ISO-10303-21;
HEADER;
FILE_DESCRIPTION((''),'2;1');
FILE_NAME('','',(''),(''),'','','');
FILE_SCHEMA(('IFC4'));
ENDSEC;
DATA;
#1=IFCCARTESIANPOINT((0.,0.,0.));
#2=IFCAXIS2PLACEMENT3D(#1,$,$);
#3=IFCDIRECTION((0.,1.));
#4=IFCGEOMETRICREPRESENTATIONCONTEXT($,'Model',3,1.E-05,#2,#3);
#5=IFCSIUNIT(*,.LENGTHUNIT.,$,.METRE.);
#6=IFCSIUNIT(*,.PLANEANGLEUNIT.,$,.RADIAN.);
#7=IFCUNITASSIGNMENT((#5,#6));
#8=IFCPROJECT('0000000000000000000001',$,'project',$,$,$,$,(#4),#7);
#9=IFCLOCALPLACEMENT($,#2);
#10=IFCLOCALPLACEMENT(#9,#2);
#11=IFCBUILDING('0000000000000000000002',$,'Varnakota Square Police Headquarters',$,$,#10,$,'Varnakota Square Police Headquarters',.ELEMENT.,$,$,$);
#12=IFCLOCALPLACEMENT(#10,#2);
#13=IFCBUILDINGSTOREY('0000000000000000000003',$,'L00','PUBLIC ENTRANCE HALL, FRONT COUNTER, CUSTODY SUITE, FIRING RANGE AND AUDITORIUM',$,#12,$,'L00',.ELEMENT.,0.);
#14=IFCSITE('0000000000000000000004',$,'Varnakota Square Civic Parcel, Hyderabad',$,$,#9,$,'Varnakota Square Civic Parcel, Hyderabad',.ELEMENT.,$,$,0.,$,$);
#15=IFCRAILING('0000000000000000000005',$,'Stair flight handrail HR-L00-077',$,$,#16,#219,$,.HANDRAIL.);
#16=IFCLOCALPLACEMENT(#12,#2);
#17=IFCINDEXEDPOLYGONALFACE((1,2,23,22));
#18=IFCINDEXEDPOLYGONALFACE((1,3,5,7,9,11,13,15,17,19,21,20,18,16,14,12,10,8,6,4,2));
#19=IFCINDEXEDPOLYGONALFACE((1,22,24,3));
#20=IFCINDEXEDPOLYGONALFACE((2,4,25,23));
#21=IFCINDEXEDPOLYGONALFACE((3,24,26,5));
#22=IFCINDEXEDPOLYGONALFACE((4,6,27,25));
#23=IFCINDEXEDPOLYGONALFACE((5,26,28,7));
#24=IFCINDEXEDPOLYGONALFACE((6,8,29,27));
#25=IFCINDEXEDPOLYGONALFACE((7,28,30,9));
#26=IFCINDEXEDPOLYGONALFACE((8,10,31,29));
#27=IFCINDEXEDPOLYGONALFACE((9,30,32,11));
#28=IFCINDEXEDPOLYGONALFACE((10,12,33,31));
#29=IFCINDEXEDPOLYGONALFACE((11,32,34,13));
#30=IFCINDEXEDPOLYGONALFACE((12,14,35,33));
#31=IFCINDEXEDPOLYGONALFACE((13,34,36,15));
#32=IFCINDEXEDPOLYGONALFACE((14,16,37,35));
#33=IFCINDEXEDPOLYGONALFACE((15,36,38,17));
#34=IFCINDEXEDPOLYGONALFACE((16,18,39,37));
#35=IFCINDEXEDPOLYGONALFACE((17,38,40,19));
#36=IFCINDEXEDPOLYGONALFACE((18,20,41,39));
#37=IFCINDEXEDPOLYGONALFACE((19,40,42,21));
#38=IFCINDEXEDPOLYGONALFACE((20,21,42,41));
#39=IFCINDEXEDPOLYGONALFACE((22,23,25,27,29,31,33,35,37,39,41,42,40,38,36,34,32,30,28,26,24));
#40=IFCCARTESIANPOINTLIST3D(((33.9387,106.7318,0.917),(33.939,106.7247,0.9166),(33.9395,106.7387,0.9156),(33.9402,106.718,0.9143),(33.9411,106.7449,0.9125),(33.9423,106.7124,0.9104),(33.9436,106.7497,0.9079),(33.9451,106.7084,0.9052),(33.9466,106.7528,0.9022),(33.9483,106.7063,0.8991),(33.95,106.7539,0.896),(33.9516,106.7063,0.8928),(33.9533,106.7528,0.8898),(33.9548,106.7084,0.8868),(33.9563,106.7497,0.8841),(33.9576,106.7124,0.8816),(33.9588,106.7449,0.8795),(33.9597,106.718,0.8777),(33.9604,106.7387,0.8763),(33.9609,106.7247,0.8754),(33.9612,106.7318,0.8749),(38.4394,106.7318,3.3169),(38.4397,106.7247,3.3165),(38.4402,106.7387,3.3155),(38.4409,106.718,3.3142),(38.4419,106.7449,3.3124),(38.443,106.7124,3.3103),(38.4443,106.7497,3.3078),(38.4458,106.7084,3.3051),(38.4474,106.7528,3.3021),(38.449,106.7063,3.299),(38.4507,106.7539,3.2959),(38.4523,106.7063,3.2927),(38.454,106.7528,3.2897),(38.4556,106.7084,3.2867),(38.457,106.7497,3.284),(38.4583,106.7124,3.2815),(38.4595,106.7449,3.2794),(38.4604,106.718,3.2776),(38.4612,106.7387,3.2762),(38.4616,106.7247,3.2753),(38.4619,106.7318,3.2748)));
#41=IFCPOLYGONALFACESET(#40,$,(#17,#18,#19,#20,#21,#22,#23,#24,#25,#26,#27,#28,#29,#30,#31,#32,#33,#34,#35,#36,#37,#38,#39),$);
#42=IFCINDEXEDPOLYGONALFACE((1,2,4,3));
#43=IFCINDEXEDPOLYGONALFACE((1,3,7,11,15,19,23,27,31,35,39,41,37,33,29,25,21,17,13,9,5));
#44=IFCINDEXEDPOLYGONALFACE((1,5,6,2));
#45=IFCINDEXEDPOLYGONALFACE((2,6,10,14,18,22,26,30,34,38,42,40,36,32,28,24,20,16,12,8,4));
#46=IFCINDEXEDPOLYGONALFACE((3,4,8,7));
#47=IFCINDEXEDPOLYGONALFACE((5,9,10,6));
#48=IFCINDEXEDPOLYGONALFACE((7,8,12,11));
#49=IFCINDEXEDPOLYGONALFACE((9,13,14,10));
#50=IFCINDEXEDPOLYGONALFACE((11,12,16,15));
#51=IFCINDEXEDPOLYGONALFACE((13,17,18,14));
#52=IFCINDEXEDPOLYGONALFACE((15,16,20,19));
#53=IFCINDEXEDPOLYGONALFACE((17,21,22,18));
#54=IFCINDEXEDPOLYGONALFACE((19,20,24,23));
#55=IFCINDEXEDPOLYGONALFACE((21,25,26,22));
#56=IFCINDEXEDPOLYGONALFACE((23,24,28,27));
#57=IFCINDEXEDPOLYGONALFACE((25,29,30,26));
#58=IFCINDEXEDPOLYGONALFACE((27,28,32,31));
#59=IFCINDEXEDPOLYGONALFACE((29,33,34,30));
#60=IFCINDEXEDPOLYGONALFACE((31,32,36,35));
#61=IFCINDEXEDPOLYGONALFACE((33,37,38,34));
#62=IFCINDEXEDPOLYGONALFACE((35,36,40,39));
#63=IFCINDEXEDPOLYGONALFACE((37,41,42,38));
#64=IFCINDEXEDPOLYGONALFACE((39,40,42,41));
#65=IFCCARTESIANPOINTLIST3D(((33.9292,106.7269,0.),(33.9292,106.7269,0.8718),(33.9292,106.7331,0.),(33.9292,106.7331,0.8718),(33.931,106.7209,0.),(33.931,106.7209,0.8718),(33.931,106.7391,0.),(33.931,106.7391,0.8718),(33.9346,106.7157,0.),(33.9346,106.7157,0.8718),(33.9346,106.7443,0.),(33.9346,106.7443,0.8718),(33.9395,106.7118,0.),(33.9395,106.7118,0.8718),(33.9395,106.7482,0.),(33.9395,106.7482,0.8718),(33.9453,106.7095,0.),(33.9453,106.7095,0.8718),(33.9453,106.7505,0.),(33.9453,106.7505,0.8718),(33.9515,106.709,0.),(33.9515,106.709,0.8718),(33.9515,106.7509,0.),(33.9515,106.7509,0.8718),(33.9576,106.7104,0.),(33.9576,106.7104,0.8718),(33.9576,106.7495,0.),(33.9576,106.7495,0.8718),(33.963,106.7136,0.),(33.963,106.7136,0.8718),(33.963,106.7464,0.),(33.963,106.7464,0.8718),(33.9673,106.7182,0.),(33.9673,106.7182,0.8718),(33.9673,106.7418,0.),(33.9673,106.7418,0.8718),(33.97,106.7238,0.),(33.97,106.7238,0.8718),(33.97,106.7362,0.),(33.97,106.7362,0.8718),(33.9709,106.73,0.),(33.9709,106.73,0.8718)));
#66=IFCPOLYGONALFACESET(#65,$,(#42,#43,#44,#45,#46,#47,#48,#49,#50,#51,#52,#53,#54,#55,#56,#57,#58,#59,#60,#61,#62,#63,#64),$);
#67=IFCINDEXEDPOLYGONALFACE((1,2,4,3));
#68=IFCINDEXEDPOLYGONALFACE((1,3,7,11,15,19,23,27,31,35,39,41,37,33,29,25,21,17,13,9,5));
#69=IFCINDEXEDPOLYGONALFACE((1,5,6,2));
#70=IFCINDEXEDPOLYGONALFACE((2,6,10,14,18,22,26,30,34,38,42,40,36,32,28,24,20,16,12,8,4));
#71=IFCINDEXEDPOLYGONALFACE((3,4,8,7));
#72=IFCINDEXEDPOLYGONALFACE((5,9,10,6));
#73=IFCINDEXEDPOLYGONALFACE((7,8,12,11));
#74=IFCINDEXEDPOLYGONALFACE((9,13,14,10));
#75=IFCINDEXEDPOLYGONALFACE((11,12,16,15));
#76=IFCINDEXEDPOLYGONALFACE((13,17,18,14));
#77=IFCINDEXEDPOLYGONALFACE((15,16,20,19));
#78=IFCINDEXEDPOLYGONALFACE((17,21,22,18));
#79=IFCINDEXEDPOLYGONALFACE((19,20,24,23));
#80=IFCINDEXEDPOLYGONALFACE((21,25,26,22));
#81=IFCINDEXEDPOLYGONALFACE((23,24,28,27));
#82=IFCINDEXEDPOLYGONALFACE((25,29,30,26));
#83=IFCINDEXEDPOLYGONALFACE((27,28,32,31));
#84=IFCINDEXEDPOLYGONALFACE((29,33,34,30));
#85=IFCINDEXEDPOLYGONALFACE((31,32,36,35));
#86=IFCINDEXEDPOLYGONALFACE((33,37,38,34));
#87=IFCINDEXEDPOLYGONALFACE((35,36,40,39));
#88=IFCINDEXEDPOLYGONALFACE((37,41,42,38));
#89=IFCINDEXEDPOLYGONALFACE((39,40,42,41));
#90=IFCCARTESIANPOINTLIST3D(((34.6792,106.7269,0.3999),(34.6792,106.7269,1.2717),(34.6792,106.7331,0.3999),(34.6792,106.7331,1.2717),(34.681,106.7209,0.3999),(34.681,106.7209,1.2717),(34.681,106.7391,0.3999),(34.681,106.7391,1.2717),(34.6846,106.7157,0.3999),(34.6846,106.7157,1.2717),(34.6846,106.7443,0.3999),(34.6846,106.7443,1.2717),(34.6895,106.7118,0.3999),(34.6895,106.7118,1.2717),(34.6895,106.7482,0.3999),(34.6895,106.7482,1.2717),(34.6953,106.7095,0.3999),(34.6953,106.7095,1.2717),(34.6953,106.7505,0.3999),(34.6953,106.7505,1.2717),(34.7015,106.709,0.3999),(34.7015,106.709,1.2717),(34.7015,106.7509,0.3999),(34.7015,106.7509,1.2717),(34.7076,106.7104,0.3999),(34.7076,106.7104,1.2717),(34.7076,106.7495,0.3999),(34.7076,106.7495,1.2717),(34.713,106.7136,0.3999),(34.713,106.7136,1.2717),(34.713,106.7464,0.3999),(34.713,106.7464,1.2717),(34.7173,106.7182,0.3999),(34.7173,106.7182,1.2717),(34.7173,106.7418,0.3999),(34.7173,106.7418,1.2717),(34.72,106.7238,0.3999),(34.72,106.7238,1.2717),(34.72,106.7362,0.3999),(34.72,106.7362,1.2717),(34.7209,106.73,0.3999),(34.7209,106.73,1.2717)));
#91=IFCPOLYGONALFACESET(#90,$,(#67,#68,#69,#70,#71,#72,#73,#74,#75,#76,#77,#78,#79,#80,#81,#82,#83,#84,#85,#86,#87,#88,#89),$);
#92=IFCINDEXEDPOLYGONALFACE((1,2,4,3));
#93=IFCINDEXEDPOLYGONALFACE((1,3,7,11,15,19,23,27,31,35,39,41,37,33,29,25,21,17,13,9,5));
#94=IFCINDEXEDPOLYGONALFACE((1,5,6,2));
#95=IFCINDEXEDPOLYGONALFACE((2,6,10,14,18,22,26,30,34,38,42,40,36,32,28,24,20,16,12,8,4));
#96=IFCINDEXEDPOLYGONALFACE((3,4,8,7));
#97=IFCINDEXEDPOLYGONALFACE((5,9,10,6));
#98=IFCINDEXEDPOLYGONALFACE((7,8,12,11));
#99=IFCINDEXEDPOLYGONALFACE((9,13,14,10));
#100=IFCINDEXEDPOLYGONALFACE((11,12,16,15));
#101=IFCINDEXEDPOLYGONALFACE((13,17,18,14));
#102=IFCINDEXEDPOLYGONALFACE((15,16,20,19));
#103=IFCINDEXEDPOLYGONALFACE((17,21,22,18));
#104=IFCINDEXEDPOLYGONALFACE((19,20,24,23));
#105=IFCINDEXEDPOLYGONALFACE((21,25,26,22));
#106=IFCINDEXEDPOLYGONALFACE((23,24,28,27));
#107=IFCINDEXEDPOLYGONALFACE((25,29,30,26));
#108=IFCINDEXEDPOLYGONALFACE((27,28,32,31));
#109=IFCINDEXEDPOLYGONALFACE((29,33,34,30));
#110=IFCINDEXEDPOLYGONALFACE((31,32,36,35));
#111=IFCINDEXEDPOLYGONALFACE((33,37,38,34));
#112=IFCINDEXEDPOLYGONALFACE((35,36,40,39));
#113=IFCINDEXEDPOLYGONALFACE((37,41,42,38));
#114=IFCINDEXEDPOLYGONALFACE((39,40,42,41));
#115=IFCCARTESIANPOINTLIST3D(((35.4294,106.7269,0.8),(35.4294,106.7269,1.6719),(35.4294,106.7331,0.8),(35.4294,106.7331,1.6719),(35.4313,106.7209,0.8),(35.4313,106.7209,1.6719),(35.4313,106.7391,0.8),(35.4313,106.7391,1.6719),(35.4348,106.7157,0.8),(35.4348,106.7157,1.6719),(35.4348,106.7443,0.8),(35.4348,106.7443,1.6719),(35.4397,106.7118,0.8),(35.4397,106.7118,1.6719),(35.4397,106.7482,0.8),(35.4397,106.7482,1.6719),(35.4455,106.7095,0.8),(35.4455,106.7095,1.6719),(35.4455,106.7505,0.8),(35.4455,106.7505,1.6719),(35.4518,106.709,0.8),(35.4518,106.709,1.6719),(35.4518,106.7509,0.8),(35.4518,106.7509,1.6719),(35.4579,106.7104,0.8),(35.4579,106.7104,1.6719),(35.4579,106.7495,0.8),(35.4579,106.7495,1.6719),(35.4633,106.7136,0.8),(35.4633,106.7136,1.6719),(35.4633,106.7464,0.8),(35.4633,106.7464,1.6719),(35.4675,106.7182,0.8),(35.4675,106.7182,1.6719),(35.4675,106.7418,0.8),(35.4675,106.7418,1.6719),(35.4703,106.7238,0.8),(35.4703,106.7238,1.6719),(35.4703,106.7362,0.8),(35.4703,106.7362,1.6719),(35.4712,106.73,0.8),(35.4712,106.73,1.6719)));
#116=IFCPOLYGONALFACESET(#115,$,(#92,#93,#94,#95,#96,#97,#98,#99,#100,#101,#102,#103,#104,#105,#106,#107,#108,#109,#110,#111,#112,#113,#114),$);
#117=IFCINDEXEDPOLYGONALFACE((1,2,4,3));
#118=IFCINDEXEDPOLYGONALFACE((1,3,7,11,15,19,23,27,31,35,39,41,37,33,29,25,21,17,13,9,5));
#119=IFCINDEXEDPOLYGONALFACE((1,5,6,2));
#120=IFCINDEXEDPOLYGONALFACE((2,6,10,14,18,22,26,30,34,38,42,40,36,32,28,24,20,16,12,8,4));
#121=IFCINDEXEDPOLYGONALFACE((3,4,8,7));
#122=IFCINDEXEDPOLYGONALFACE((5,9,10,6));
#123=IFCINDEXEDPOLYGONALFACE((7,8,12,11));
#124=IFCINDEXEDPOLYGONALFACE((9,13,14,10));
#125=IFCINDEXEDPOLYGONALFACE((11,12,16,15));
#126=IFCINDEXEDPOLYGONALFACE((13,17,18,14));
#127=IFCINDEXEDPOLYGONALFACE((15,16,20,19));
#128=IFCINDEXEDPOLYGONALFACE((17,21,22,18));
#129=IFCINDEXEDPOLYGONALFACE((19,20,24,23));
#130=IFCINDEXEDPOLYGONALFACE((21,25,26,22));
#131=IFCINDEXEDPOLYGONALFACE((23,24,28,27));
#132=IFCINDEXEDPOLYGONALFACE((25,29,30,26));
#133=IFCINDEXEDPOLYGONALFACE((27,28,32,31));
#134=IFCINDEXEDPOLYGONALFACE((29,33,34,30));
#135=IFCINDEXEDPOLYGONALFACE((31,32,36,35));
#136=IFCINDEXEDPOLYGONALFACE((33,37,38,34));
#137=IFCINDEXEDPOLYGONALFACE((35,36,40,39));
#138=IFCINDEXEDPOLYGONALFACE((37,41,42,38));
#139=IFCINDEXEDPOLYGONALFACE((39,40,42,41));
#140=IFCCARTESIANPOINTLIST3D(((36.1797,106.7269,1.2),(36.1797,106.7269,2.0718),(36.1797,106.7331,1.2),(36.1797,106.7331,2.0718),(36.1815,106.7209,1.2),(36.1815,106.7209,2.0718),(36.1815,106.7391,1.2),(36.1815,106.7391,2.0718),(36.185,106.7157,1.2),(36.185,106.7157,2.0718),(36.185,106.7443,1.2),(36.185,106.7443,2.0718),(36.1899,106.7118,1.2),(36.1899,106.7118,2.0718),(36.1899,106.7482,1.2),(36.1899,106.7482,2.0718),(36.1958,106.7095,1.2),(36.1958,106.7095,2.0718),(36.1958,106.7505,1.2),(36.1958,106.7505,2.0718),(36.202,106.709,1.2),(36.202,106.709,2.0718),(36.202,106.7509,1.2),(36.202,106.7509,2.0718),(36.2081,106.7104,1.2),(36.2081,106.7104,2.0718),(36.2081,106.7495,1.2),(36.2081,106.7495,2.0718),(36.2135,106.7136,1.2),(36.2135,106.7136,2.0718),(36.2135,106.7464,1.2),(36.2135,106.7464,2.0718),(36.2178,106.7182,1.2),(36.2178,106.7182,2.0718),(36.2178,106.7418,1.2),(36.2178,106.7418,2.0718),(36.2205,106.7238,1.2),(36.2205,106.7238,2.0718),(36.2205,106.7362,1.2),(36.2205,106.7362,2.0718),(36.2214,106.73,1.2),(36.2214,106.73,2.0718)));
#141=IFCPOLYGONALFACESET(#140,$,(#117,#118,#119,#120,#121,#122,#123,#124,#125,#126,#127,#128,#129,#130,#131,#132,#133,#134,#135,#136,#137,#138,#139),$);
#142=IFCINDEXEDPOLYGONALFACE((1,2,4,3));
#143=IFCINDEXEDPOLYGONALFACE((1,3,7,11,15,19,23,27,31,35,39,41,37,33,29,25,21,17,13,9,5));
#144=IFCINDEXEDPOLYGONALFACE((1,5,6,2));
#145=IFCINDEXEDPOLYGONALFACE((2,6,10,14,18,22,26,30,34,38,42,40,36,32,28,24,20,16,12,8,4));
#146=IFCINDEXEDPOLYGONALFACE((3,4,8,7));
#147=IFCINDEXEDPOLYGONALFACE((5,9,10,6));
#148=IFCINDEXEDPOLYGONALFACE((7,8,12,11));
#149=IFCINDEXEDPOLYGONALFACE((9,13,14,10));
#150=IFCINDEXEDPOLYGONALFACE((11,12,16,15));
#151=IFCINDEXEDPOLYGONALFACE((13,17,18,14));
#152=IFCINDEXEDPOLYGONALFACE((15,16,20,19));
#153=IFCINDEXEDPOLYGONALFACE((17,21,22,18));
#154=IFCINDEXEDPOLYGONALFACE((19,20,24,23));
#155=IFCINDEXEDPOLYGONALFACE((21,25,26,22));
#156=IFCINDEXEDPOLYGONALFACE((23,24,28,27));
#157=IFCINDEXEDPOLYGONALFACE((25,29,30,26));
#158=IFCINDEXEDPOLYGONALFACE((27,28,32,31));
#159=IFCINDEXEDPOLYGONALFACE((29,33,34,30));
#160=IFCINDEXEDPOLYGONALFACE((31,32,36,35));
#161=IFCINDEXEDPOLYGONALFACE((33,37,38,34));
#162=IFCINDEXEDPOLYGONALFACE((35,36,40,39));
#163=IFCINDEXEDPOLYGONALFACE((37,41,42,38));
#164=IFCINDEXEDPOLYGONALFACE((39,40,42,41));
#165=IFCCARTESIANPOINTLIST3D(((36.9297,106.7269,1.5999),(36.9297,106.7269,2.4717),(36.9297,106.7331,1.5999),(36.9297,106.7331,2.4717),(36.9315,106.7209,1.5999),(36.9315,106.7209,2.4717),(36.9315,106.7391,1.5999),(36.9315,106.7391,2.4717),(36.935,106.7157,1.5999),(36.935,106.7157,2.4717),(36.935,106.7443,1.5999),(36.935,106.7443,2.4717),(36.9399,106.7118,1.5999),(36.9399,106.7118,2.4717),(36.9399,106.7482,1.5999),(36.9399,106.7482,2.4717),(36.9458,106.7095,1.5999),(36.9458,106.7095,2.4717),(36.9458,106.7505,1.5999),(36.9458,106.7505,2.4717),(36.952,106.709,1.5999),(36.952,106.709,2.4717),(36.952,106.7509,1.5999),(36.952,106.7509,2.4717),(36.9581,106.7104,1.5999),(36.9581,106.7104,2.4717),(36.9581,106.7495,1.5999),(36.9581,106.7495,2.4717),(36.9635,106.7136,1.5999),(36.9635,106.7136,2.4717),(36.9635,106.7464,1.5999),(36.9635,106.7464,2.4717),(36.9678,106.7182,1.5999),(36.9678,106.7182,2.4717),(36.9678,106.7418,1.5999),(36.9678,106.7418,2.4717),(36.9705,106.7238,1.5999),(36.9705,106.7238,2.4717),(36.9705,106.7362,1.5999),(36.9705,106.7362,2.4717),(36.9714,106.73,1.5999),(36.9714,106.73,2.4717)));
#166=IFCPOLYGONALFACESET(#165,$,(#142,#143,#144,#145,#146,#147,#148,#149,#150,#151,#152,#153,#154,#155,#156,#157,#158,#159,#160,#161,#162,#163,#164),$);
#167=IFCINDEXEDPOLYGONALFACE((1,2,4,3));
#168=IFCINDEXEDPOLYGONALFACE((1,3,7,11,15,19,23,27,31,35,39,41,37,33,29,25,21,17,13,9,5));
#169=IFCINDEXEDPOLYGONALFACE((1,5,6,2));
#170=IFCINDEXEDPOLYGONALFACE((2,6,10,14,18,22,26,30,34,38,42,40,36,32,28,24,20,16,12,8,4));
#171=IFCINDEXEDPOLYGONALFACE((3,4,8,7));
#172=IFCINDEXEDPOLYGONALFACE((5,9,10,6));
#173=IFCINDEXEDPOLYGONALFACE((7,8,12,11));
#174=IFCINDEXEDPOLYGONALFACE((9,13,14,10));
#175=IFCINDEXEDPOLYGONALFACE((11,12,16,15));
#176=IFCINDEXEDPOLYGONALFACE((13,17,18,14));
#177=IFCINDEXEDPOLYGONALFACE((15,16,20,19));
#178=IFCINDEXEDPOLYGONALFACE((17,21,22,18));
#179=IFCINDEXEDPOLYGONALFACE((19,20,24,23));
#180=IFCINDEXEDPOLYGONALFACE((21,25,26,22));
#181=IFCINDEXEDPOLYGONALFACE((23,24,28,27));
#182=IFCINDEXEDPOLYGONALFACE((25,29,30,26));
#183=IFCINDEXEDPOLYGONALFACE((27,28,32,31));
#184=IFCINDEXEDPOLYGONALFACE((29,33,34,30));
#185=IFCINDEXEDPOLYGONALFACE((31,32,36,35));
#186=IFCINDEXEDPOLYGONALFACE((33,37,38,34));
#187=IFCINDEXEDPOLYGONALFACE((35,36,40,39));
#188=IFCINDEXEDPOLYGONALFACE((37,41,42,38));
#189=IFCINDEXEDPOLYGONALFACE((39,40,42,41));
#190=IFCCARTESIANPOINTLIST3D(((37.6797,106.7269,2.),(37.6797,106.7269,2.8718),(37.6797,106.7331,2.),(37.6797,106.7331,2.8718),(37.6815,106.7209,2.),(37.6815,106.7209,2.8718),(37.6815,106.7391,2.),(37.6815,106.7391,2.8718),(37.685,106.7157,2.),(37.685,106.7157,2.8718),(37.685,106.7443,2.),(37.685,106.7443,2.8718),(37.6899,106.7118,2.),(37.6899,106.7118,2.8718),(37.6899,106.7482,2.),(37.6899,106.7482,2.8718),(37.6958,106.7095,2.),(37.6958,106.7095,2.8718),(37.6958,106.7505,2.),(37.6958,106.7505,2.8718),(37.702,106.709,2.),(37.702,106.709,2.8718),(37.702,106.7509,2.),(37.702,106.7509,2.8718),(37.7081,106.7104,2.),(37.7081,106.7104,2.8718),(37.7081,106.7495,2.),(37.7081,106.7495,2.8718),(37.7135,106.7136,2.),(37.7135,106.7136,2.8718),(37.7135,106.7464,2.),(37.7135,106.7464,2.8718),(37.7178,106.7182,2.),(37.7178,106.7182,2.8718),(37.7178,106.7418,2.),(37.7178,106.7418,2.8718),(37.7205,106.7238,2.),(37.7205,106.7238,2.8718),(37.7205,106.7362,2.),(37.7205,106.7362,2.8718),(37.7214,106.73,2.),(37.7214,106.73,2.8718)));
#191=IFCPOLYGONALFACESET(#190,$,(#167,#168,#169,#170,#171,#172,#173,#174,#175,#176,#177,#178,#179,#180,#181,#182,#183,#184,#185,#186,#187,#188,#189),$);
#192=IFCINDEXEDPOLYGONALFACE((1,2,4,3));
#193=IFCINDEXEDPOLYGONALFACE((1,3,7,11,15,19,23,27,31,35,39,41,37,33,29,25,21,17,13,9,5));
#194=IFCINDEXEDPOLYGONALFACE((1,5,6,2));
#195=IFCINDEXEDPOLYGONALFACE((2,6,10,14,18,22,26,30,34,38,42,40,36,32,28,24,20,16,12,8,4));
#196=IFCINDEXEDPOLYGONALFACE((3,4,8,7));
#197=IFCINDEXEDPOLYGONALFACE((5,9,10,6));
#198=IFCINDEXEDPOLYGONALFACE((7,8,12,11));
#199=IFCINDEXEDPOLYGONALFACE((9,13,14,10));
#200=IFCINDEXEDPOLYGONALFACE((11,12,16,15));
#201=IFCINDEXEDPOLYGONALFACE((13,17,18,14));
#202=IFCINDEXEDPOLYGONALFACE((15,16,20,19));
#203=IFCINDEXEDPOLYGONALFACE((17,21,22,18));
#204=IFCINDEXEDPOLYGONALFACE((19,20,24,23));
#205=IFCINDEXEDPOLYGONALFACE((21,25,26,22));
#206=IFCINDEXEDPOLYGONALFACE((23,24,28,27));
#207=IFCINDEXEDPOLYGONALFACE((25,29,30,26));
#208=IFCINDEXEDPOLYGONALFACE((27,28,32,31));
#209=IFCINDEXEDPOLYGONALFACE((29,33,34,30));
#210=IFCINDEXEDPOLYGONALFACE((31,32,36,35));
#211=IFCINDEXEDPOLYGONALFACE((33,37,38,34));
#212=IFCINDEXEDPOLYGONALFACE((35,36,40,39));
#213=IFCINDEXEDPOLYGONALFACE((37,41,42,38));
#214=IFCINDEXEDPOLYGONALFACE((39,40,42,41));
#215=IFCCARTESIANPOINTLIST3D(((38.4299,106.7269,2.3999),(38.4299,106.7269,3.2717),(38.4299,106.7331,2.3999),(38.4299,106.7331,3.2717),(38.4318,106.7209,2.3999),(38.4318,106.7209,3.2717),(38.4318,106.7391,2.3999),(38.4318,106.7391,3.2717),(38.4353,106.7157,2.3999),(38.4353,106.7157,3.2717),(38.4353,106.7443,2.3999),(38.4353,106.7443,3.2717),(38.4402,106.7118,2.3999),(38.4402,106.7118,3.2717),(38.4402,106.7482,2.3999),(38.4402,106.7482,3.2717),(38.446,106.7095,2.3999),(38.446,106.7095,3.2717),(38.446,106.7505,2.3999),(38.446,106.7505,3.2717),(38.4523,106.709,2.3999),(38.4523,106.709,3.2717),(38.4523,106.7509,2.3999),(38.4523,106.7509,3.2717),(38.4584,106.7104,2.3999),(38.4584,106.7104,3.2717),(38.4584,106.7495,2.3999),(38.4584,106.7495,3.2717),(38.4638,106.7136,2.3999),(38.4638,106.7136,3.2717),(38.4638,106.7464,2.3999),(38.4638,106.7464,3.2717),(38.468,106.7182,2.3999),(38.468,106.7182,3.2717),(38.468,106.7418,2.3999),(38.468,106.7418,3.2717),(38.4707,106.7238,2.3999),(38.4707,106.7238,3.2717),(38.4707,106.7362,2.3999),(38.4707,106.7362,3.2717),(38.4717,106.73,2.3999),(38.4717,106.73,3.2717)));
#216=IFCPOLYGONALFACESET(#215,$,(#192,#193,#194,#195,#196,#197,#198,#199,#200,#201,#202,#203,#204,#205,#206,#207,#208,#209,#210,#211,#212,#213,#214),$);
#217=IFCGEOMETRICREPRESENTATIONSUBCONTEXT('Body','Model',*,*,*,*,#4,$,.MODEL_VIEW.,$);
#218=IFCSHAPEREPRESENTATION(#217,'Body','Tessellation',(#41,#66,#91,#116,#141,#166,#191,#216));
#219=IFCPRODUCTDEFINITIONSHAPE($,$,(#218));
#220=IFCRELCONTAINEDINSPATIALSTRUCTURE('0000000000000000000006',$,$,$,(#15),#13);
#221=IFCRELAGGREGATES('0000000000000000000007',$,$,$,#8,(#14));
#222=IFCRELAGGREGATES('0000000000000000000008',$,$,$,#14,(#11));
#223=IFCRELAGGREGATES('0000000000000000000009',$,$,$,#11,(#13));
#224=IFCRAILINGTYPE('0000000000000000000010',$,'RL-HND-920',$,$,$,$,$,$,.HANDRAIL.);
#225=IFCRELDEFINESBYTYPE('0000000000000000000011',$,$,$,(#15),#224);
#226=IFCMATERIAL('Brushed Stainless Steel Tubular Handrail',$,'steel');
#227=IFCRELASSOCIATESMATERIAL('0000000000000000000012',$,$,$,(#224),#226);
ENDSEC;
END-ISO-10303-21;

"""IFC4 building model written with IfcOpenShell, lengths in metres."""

from ifc_helpers import new_model, si_unit, direction, frame, origin, origin_2d, place, context, subcontext, project, spatial, circle, extrude, material, type_object, element, save


model = new_model("IFC4")

# Units and contexts
model_context = context("Model", 3, precision=1e-05, world=origin(), true_north=direction((0.0, 1.0)))
body_context = subcontext(model_context, "Body", "Model", "MODEL_VIEW")
ifc_project = project(units=[si_unit("LENGTHUNIT", "METRE"), si_unit("PLANEANGLEUNIT", "RADIAN")], contexts=[model_context])

# Site, building, storey
site_placement = place(None, origin())
site = spatial("IfcSite", under=ifc_project, at=site_placement, Name="Varnakota Square Civic Parcel, Hyderabad", LongName="Varnakota Square Civic Parcel, Hyderabad", CompositionType="ELEMENT", RefElevation=0.0)
building_placement = place(site_placement, origin())
building = spatial("IfcBuilding", under=site, at=building_placement, Name="Varnakota Square Police Headquarters", LongName="Varnakota Square Police Headquarters", CompositionType="ELEMENT")
storey_placement = place(building_placement, origin())
storey = spatial("IfcBuildingStorey", under=building, at=storey_placement, Name="L00", Description="PUBLIC ENTRANCE HALL, FRONT COUNTER, CUSTODY SUITE, FIRING RANGE AND AUDITORIUM", LongName="L00", CompositionType="ELEMENT", Elevation=0.0)

# Railing
ifc_material_1 = material(Name="Brushed Stainless Steel Tubular Handrail", Category="steel")
railing_type_1 = type_object("IfcRailingType", Name="RL-HND-920", PredefinedType="HANDRAIL", material=ifc_material_1)
railing_1_placement = place(storey_placement, frame((33.95, 106.73, 0.0)))
element("IfcRailing", 1, at=railing_1_placement, inside=storey, type_object=railing_type_1, Name="Stair flight handrail HR-L00-077", PredefinedType="HANDRAIL", context=body_context, shape_type="SweptSolid", body=[
    extrude(circle(Radius=0.0239, at=origin_2d()), frame((0.0, 0.0, 0.896), z_axis=(0.882393, 0.0, 0.470514), x_axis=(0.0, 1.0, 0.0)), (0.0, 0.0, 1.0), 5.1006),
    extrude(circle(Radius=0.021, at=origin_2d()), origin(), (0.0, 0.0, 1.0), 0.8718),
    extrude(circle(Radius=0.021, at=origin_2d()), frame((0.75, 0.0, 0.3999)), (0.0, 0.0, 1.0), 0.8718),
    extrude(circle(Radius=0.021, at=origin_2d()), frame((1.5002, 0.0, 0.8)), (0.0, 0.0, 1.0), 0.8718),
    extrude(circle(Radius=0.021, at=origin_2d()), frame((2.2505, 0.0, 1.2)), (0.0, 0.0, 1.0), 0.8718),
    extrude(circle(Radius=0.021, at=origin_2d()), frame((3.0005, 0.0, 1.5999)), (0.0, 0.0, 1.0), 0.8718),
    extrude(circle(Radius=0.021, at=origin_2d()), frame((3.7505, 0.0, 2.0)), (0.0, 0.0, 1.0), 0.8718),
    extrude(circle(Radius=0.021, at=origin_2d()), frame((4.5007, 0.0, 2.3999)), (0.0, 0.0, 1.0), 0.8718),
])

save(model, "model.ifc")
